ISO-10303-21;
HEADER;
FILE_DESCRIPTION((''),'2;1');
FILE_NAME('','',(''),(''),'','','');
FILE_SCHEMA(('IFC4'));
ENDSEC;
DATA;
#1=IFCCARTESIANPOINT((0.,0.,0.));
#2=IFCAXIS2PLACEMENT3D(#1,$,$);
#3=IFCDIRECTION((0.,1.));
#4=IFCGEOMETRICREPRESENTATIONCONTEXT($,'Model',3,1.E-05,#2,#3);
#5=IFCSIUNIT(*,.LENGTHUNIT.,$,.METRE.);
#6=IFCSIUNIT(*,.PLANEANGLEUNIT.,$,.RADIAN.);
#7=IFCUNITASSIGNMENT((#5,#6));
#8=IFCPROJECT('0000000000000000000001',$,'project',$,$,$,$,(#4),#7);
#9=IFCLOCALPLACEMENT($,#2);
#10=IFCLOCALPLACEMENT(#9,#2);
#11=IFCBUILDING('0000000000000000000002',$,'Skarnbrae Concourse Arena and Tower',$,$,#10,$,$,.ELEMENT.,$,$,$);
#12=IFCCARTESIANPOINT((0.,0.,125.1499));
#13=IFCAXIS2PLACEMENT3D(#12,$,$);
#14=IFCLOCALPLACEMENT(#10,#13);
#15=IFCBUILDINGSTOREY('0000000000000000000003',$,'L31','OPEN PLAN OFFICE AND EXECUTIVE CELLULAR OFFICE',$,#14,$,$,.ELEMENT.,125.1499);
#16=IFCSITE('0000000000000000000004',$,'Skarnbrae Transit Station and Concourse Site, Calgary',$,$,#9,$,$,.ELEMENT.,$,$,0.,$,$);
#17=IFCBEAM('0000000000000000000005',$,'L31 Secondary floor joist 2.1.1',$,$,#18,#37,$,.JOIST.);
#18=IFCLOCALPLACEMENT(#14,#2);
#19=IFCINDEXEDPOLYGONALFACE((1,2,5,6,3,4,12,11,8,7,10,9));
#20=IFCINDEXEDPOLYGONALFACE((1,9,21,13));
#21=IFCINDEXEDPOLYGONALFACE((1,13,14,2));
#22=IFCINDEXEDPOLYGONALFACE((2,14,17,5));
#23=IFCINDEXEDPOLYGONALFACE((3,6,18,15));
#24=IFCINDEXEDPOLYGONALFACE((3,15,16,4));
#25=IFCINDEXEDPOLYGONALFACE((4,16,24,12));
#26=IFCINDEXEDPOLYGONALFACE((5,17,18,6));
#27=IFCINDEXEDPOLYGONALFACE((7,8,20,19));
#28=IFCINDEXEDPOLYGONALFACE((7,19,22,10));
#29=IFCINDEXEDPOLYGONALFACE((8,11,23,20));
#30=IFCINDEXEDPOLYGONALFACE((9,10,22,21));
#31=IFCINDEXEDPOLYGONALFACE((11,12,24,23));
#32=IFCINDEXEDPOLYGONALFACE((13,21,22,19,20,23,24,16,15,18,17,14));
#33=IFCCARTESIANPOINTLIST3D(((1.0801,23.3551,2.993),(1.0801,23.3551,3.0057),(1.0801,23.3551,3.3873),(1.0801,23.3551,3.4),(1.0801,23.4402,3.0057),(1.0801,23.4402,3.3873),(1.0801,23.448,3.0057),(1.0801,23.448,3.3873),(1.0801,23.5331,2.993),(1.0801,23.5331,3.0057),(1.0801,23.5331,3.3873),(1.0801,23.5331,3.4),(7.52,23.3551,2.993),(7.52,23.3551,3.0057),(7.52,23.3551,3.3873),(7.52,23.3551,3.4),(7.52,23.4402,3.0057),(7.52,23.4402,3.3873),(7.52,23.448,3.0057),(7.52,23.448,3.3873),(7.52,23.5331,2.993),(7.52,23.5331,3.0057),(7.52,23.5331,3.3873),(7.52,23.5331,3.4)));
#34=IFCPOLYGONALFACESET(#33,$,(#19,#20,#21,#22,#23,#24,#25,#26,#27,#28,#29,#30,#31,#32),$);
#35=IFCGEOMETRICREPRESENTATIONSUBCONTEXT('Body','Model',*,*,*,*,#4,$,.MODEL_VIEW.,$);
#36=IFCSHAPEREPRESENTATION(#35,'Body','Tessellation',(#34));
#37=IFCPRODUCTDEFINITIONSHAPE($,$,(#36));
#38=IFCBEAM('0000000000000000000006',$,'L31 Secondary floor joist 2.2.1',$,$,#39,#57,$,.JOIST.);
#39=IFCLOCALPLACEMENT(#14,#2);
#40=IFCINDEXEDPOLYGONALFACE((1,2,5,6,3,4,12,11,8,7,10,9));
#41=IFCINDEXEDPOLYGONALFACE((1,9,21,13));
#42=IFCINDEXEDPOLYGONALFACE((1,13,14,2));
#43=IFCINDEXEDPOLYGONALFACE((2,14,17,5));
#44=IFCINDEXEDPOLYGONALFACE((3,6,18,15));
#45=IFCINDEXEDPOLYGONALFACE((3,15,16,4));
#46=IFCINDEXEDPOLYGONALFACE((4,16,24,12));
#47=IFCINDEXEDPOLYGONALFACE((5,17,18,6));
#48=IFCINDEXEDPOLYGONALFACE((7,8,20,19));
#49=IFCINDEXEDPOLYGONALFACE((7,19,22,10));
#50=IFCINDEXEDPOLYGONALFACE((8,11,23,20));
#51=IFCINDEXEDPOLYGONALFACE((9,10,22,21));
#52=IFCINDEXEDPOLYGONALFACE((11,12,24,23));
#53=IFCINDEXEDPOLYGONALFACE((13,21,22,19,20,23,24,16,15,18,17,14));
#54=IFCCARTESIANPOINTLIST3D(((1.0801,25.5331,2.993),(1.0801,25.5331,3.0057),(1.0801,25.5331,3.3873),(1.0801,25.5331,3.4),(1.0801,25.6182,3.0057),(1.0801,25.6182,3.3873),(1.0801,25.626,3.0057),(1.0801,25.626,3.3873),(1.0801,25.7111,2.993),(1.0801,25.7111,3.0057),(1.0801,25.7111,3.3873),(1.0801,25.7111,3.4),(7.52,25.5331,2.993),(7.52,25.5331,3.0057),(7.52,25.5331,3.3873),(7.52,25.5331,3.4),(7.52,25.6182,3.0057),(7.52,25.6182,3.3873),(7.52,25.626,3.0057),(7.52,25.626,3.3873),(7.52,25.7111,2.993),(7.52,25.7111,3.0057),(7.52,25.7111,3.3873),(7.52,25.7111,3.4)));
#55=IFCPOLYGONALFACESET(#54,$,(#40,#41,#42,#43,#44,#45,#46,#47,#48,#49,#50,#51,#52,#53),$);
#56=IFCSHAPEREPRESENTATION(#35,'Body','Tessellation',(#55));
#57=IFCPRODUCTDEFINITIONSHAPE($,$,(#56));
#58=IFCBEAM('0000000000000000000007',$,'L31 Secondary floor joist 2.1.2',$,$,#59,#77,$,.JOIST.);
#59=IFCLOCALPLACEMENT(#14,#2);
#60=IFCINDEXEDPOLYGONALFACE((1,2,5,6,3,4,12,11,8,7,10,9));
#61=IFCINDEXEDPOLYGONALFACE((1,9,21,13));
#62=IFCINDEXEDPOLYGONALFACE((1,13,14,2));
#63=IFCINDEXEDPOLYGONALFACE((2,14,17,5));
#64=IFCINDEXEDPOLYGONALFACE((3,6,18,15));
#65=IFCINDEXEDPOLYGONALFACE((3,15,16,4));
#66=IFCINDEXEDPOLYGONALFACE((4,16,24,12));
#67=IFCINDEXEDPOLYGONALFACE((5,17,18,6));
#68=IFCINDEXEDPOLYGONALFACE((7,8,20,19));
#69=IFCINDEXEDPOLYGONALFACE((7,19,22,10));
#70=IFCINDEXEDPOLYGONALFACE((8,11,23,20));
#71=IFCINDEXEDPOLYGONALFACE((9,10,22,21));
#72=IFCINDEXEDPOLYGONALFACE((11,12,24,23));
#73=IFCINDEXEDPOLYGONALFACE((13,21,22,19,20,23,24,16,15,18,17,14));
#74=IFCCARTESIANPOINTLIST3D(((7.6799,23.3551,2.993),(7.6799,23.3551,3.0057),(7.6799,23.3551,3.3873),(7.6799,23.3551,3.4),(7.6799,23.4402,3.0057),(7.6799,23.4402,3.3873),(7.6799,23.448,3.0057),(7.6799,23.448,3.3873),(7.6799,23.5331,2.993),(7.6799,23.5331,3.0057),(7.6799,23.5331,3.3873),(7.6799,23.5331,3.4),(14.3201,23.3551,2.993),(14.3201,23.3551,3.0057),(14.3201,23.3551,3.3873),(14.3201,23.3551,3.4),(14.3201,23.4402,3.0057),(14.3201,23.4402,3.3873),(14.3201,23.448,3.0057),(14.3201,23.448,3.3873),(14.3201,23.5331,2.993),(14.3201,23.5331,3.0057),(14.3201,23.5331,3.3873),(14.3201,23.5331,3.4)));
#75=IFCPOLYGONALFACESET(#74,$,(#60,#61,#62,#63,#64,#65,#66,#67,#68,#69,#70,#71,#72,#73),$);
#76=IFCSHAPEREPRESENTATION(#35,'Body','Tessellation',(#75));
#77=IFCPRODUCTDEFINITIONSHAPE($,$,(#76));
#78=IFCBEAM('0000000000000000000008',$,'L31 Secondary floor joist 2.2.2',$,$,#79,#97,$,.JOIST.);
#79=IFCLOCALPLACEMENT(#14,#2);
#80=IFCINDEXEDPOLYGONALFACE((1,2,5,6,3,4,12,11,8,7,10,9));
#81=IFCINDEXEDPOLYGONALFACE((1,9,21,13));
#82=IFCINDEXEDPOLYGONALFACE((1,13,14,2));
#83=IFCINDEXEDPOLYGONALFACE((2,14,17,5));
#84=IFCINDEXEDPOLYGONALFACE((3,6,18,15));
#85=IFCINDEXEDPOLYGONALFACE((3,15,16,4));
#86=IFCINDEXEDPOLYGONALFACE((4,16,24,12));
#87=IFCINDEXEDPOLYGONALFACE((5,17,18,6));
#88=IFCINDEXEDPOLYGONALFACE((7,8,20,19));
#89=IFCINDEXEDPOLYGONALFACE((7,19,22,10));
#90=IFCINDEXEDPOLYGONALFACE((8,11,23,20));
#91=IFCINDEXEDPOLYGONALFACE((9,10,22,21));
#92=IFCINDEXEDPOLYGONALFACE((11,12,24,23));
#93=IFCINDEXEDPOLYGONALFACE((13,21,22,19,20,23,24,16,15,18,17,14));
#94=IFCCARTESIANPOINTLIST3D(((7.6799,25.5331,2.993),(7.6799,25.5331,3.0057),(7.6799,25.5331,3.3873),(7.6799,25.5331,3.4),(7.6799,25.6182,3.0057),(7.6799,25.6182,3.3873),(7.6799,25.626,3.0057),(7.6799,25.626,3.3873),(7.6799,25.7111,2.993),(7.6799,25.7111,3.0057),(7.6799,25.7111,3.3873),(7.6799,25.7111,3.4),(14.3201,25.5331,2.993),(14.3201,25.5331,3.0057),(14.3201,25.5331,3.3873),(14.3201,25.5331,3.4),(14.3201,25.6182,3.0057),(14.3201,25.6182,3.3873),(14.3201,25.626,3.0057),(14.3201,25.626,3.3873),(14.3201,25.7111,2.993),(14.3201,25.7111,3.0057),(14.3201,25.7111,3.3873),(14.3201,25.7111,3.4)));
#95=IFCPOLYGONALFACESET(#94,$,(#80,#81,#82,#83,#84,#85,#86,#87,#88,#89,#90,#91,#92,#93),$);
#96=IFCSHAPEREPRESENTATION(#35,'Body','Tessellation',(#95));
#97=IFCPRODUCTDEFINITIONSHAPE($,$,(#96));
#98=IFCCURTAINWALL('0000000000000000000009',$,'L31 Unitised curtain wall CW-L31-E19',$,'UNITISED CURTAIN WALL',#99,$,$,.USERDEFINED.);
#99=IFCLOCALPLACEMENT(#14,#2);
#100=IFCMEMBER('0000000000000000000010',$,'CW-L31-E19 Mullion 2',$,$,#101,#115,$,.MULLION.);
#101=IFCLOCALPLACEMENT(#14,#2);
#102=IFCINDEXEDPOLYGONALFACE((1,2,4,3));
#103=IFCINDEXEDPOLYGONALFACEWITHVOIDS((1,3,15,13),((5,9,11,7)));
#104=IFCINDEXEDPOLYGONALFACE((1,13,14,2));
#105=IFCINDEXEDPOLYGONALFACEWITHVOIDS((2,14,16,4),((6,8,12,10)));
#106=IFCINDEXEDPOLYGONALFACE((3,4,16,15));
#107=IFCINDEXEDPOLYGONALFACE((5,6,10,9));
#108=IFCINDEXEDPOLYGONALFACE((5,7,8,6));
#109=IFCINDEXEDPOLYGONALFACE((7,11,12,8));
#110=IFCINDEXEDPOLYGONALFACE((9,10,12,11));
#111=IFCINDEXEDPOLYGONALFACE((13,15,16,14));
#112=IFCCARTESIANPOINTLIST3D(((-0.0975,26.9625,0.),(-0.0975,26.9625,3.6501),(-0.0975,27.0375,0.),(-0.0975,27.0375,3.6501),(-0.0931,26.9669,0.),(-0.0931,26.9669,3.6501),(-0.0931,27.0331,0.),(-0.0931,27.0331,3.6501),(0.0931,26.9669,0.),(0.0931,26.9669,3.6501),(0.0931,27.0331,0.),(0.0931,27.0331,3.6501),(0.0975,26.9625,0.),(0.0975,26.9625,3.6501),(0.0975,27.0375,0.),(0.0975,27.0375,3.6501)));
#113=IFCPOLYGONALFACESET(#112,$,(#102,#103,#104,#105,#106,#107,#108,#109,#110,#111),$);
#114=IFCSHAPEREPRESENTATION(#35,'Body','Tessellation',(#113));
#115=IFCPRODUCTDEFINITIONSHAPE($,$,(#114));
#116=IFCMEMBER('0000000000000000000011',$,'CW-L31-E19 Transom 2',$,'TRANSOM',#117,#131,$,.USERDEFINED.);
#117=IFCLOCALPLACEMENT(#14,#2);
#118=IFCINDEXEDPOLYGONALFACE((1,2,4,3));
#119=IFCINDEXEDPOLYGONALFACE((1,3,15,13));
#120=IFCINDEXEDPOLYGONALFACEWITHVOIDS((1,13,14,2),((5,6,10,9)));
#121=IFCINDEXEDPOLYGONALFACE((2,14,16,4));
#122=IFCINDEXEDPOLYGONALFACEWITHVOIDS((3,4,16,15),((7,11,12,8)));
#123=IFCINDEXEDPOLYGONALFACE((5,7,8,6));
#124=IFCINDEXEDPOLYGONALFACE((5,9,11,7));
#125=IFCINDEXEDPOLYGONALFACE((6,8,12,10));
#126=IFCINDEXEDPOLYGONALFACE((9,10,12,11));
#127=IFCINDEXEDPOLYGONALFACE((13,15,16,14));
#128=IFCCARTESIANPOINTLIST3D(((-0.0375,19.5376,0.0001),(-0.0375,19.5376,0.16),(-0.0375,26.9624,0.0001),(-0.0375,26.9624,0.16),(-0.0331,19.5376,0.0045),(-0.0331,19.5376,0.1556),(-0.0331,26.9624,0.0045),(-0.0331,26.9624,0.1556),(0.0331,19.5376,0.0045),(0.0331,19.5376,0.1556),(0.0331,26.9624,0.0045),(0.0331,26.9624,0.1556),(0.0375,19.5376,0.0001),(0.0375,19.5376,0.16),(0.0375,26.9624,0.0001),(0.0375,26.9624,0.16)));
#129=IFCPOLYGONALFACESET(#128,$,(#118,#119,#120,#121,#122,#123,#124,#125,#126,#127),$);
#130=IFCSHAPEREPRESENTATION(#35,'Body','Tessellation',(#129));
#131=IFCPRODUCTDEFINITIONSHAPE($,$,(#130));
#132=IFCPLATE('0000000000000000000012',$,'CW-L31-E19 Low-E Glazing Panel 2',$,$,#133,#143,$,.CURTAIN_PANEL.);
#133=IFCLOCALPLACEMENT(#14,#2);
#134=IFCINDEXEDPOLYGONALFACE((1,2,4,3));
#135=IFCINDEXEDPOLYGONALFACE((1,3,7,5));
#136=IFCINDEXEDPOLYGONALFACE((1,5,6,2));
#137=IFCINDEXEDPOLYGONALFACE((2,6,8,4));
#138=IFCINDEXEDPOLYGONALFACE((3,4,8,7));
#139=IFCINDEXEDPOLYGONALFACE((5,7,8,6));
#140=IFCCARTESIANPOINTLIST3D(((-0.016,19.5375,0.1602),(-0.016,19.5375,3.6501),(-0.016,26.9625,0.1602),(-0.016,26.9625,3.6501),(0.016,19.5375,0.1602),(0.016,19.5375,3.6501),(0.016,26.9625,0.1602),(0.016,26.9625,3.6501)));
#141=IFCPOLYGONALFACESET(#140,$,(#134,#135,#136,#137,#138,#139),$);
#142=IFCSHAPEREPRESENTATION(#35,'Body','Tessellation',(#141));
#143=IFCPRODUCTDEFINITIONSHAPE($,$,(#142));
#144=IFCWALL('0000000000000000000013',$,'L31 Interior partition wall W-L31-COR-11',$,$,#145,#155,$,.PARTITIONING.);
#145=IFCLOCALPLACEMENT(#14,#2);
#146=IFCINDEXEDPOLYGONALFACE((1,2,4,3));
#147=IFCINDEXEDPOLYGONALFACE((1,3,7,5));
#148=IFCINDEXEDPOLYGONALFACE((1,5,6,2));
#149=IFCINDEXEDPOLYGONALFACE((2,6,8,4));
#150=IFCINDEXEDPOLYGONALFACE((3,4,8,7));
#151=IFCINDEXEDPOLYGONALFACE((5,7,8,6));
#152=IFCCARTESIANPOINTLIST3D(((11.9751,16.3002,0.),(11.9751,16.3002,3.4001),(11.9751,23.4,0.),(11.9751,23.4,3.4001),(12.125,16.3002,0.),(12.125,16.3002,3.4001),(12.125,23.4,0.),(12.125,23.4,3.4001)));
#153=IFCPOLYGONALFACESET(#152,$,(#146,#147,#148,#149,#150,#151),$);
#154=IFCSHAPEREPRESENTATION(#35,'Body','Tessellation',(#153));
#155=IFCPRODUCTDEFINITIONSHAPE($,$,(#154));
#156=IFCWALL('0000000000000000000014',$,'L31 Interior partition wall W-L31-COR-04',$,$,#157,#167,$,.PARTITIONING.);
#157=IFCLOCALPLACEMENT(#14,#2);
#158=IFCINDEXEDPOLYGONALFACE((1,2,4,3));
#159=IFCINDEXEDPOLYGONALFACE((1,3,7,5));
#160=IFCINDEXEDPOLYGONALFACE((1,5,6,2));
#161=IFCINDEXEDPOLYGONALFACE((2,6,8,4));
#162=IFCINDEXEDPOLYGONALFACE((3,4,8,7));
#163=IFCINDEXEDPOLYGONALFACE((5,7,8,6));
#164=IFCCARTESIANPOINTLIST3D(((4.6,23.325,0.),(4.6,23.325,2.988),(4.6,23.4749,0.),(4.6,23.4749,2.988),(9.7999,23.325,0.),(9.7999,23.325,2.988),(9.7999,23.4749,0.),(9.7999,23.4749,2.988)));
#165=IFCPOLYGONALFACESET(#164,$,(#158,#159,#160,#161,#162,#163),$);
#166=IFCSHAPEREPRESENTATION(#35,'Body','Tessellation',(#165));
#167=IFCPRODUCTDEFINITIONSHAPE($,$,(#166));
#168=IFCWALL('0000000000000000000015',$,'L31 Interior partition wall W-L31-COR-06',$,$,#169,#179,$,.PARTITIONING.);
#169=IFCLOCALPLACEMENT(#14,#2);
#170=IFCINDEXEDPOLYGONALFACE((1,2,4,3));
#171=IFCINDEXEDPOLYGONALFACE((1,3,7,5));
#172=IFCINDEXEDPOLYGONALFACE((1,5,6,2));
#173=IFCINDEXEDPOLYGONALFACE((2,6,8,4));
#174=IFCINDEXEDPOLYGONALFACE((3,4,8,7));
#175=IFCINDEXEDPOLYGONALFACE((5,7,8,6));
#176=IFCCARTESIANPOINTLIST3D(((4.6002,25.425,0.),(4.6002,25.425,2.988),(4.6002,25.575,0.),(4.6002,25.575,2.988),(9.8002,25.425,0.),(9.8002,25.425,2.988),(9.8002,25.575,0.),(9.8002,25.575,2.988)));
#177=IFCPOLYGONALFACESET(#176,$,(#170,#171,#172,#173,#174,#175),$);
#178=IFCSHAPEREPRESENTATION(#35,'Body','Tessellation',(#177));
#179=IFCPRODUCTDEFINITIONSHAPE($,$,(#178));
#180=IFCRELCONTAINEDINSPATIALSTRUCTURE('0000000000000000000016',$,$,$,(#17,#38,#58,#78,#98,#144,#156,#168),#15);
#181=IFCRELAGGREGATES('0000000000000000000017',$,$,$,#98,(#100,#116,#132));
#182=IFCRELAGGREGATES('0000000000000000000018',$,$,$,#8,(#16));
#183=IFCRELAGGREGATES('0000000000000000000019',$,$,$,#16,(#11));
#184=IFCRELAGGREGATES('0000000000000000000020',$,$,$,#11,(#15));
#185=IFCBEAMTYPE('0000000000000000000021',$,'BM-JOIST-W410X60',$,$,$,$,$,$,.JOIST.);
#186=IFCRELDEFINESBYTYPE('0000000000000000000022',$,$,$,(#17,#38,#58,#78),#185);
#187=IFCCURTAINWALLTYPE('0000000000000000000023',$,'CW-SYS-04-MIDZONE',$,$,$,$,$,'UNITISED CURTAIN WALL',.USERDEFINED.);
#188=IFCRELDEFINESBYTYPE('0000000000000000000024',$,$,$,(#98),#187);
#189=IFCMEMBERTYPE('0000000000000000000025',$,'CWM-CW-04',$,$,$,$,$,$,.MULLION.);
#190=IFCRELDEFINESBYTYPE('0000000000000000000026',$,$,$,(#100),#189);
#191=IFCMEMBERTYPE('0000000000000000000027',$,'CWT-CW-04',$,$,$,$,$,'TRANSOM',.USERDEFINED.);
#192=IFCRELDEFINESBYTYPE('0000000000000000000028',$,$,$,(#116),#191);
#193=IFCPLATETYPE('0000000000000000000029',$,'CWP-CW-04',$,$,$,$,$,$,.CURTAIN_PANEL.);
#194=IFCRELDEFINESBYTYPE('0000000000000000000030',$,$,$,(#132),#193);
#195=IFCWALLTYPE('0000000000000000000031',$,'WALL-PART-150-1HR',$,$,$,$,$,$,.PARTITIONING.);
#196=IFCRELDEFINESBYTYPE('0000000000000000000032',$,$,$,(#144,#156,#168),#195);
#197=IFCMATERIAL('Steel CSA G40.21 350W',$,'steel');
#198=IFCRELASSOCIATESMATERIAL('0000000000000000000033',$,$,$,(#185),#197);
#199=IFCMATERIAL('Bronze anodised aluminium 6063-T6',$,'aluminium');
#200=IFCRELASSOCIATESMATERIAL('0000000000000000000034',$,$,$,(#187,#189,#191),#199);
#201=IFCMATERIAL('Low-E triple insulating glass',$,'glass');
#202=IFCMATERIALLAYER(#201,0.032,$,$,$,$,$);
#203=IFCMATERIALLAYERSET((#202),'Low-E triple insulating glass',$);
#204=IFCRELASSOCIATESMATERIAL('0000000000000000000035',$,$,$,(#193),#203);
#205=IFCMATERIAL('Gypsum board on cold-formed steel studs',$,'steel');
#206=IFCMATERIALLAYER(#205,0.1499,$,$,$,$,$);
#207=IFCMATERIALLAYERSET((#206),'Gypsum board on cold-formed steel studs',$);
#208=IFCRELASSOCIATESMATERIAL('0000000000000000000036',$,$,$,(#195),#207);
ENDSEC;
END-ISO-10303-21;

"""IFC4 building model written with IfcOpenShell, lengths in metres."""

from ifc_helpers import new_model, si_unit, direction, frame, frame_2d, origin, origin_2d, place, context, subcontext, project, spatial, rectangle, hollow_rectangle, i_section, extrude, source, transform, mapped, material, layer, layer_set, material_profile, profile_set, type_object, element, aggregate, save


model = new_model("IFC4")

# Units and contexts
model_context = context("Model", 3, precision=1e-05, world=origin(), true_north=direction((0.0, 1.0)))
body_context = subcontext(model_context, "Body", "Model", "MODEL_VIEW")
ifc_project = project(units=[si_unit("LENGTHUNIT", "METRE"), si_unit("PLANEANGLEUNIT", "RADIAN")], contexts=[model_context])

# Site, building, storey
site_placement = place(None, origin())
site = spatial("IfcSite", under=ifc_project, at=site_placement, Name="Skarnbrae Transit Station and Concourse Site, Calgary", CompositionType="ELEMENT", RefElevation=0.0)
building_placement = place(site_placement, origin())
building = spatial("IfcBuilding", under=site, at=building_placement, Name="Skarnbrae Concourse Arena and Tower", CompositionType="ELEMENT")
storey_placement = place(building_placement, frame((0.0, 0.0, 125.1499)))
storey = spatial("IfcBuildingStorey", under=building, at=storey_placement, Name="L31", Description="OPEN PLAN OFFICE AND EXECUTIVE CELLULAR OFFICE", CompositionType="ELEMENT", Elevation=125.1499)

# Shared definitions
ifc_material_1 = material(Name="Steel CSA G40.21 350W", Category="steel")

# Beams
ifc_material_profile_1 = material_profile(ifc_material_1, i_section(OverallWidth=0.178, OverallDepth=0.407, WebThickness=0.0078, FlangeThickness=0.0127, at=origin_2d()), Name="W410X60")
ifc_profile_set_1 = profile_set([ifc_material_profile_1], Name="Steel CSA G40.21 350W")
beam_type_1 = type_object("IfcBeamType", Name="BM-JOIST-W410X60", PredefinedType="JOIST", material=ifc_profile_set_1)
shared_shape_1 = source(origin(), body_context, "Body", "SweptSolid", [
    extrude(i_section(OverallWidth=0.178, OverallDepth=0.407, WebThickness=0.0078, FlangeThickness=0.0127, at=origin_2d()), origin(), (0.0, 0.0, 1.0), 6.4399),
])
for number, where, z_axis, x_axis, name in (
    (1, (1.0801, 23.4441, 3.1965), (1.0, 0.0, 0.0), (0.0, 1.0, 0.0), "L31 Secondary floor joist 2.1.1"),
    (2, (1.0801, 25.6221, 3.1965), (1.0, 0.0, 0.0), (0.0, 1.0, 0.0), "L31 Secondary floor joist 2.2.1"),
):
    element("IfcBeam", number, at=place(storey_placement, frame(where, z_axis=z_axis, x_axis=x_axis)), inside=storey, type_object=beam_type_1, Name=name, PredefinedType="JOIST", context=body_context, shape_type="MappedRepresentation", body=[
        mapped(shared_shape_1, transform((0.0, 0.0, 0.0))),
    ])
shared_shape_2 = source(origin(), body_context, "Body", "SweptSolid", [
    extrude(i_section(OverallWidth=0.178, OverallDepth=0.407, WebThickness=0.0078, FlangeThickness=0.0127, at=origin_2d()), origin(), (0.0, 0.0, 1.0), 6.6401),
])
for number, where, z_axis, x_axis, name in (
    (3, (7.6799, 23.4441, 3.1965), (1.0, 0.0, 0.0), (0.0, 1.0, 0.0), "L31 Secondary floor joist 2.1.2"),
    (4, (7.6799, 25.6221, 3.1965), (1.0, 0.0, 0.0), (0.0, 1.0, 0.0), "L31 Secondary floor joist 2.2.2"),
):
    element("IfcBeam", number, at=place(storey_placement, frame(where, z_axis=z_axis, x_axis=x_axis)), inside=storey, type_object=beam_type_1, Name=name, PredefinedType="JOIST", context=body_context, shape_type="MappedRepresentation", body=[
        mapped(shared_shape_2, transform((0.0, 0.0, 0.0))),
    ])

# Curtain wall, members, plate
ifc_material_2 = material(Name="Bronze anodised aluminium 6063-T6", Category="aluminium")
curtain_wall_type = type_object("IfcCurtainWallType", Name="CW-SYS-04-MIDZONE", ElementType="UNITISED CURTAIN WALL", PredefinedType="USERDEFINED", material=ifc_material_2)
curtain_wall_placement = place(storey_placement, origin())
curtain_wall = element("IfcCurtainWall", 5, at=curtain_wall_placement, inside=storey, type_object=curtain_wall_type, Name="L31 Unitised curtain wall CW-L31-E19", ObjectType="UNITISED CURTAIN WALL", PredefinedType="USERDEFINED")
ifc_material_profile_2 = material_profile(ifc_material_2, hollow_rectangle(XDim=0.075, YDim=0.1951, WallThickness=0.0044, at=origin_2d()), Name="ALU-MULL-75X195")
ifc_profile_set_2 = profile_set([ifc_material_profile_2], Name="Bronze anodised aluminium 6063-T6")
member_type_1 = type_object("IfcMemberType", Name="CWM-CW-04", PredefinedType="MULLION", material=ifc_profile_set_2)
shared_shape_3 = source(origin(), body_context, "Body", "SweptSolid", [
    extrude(hollow_rectangle(XDim=0.075, YDim=0.1951, WallThickness=0.0044, at=origin_2d()), origin(), (0.0, 0.0, 1.0), 3.6501),
])
member_1_placement = place(storey_placement, frame((0.0, 27.0, 0.0), z_axis=(0.0, 0.0, 1.0), x_axis=(0.0, -1.0, 0.0)))
member_1 = element("IfcMember", 6, at=member_1_placement, type_object=member_type_1, Name="CW-L31-E19 Mullion 2", PredefinedType="MULLION", context=body_context, shape_type="MappedRepresentation", body=[
    mapped(shared_shape_3, transform((0.0, 0.0, 0.0))),
])
ifc_material_profile_3 = material_profile(ifc_material_2, hollow_rectangle(XDim=0.075, YDim=0.1599, WallThickness=0.0044, at=origin_2d()), Name="ALU-TRAN-75X160")
ifc_profile_set_3 = profile_set([ifc_material_profile_3], Name="Bronze anodised aluminium 6063-T6")
member_type_2 = type_object("IfcMemberType", Name="CWT-CW-04", ElementType="TRANSOM", PredefinedType="USERDEFINED", material=ifc_profile_set_3)
shared_shape_4 = source(origin(), body_context, "Body", "SweptSolid", [
    extrude(hollow_rectangle(XDim=0.075, YDim=0.1599, WallThickness=0.0044, at=origin_2d()), origin(), (0.0, 0.0, 1.0), 7.4248),
])
member_2_placement = place(storey_placement, frame((0.0, 26.9624, 0.0801), z_axis=(0.0, -1.0, 0.0), x_axis=(1.0, 0.0, 0.0)))
member_2 = element("IfcMember", 7, at=member_2_placement, type_object=member_type_2, Name="CW-L31-E19 Transom 2", ObjectType="TRANSOM", PredefinedType="USERDEFINED", context=body_context, shape_type="MappedRepresentation", body=[
    mapped(shared_shape_4, transform((0.0, 0.0, 0.0))),
])
ifc_material_3 = material(Name="Low-E triple insulating glass", Category="glass")
ifc_layer_1 = layer(ifc_material_3, 0.032)
ifc_layer_set_1 = layer_set([ifc_layer_1], Name="Low-E triple insulating glass")
plate_type = type_object("IfcPlateType", Name="CWP-CW-04", PredefinedType="CURTAIN_PANEL", material=ifc_layer_set_1)
shared_shape_5 = source(origin(), body_context, "Body", "SweptSolid", [
    extrude(rectangle(XDim=7.425, YDim=0.032, at=origin_2d()), origin(), (0.0, 0.0, 1.0), 3.49),
])
plate_placement = place(storey_placement, frame((0.0, 23.25, 0.1602), z_axis=(0.0, 0.0, 1.0), x_axis=(0.0, -1.0, 0.0)))
plate = element("IfcPlate", 8, at=plate_placement, type_object=plate_type, Name="CW-L31-E19 Low-E Glazing Panel 2", PredefinedType="CURTAIN_PANEL", context=body_context, shape_type="MappedRepresentation", body=[
    mapped(shared_shape_5, transform((0.0, 0.0, 0.0))),
])
aggregate(curtain_wall, [member_1, member_2, plate])

# Walls
ifc_material_4 = material(Name="Gypsum board on cold-formed steel studs", Category="steel")
ifc_layer_2 = layer(ifc_material_4, 0.1499)
ifc_layer_set_2 = layer_set([ifc_layer_2], Name="Gypsum board on cold-formed steel studs")
wall_type_1 = type_object("IfcWallType", Name="WALL-PART-150-1HR", PredefinedType="PARTITIONING", material=ifc_layer_set_2)
shared_shape_6 = source(origin(), body_context, "Body", "SweptSolid", [
    extrude(rectangle(XDim=7.0999, YDim=0.1499, at=frame_2d((3.5498, 0.0))), origin(), (0.0, 0.0, 1.0), 3.4001),
])
wall_1_placement = place(storey_placement, frame((12.05, 23.3999, 0.0), z_axis=(0.0, 0.0, 1.0), x_axis=(0.0, -1.0, 0.0)))
element("IfcWall", 9, at=wall_1_placement, inside=storey, type_object=wall_type_1, Name="L31 Interior partition wall W-L31-COR-11", PredefinedType="PARTITIONING", context=body_context, shape_type="MappedRepresentation", body=[
    mapped(shared_shape_6, transform((0.0, 0.0, 0.0))),
])
shared_shape_7 = source(origin(), body_context, "Body", "SweptSolid", [
    extrude(rectangle(XDim=5.2, YDim=0.1499, at=frame_2d((2.6001, 0.0))), origin(), (0.0, 0.0, 1.0), 2.988),
])
for number, where, z_axis, x_axis, name in (
    (10, (9.8, 23.3999, 0.0), (0.0, 0.0, 1.0), (-1.0, 0.0, 0.0), "L31 Interior partition wall W-L31-COR-04"),
    (11, (4.6001, 25.5, 0.0), (0.0, 0.0, 1.0), (1.0, 0.0, 0.0), "L31 Interior partition wall W-L31-COR-06"),
):
    element("IfcWall", number, at=place(storey_placement, frame(where, z_axis=z_axis, x_axis=x_axis)), inside=storey, type_object=wall_type_1, Name=name, PredefinedType="PARTITIONING", context=body_context, shape_type="MappedRepresentation", body=[
        mapped(shared_shape_7, transform((0.0, 0.0, 0.0))),
    ])

save(model, "model.ifc")
